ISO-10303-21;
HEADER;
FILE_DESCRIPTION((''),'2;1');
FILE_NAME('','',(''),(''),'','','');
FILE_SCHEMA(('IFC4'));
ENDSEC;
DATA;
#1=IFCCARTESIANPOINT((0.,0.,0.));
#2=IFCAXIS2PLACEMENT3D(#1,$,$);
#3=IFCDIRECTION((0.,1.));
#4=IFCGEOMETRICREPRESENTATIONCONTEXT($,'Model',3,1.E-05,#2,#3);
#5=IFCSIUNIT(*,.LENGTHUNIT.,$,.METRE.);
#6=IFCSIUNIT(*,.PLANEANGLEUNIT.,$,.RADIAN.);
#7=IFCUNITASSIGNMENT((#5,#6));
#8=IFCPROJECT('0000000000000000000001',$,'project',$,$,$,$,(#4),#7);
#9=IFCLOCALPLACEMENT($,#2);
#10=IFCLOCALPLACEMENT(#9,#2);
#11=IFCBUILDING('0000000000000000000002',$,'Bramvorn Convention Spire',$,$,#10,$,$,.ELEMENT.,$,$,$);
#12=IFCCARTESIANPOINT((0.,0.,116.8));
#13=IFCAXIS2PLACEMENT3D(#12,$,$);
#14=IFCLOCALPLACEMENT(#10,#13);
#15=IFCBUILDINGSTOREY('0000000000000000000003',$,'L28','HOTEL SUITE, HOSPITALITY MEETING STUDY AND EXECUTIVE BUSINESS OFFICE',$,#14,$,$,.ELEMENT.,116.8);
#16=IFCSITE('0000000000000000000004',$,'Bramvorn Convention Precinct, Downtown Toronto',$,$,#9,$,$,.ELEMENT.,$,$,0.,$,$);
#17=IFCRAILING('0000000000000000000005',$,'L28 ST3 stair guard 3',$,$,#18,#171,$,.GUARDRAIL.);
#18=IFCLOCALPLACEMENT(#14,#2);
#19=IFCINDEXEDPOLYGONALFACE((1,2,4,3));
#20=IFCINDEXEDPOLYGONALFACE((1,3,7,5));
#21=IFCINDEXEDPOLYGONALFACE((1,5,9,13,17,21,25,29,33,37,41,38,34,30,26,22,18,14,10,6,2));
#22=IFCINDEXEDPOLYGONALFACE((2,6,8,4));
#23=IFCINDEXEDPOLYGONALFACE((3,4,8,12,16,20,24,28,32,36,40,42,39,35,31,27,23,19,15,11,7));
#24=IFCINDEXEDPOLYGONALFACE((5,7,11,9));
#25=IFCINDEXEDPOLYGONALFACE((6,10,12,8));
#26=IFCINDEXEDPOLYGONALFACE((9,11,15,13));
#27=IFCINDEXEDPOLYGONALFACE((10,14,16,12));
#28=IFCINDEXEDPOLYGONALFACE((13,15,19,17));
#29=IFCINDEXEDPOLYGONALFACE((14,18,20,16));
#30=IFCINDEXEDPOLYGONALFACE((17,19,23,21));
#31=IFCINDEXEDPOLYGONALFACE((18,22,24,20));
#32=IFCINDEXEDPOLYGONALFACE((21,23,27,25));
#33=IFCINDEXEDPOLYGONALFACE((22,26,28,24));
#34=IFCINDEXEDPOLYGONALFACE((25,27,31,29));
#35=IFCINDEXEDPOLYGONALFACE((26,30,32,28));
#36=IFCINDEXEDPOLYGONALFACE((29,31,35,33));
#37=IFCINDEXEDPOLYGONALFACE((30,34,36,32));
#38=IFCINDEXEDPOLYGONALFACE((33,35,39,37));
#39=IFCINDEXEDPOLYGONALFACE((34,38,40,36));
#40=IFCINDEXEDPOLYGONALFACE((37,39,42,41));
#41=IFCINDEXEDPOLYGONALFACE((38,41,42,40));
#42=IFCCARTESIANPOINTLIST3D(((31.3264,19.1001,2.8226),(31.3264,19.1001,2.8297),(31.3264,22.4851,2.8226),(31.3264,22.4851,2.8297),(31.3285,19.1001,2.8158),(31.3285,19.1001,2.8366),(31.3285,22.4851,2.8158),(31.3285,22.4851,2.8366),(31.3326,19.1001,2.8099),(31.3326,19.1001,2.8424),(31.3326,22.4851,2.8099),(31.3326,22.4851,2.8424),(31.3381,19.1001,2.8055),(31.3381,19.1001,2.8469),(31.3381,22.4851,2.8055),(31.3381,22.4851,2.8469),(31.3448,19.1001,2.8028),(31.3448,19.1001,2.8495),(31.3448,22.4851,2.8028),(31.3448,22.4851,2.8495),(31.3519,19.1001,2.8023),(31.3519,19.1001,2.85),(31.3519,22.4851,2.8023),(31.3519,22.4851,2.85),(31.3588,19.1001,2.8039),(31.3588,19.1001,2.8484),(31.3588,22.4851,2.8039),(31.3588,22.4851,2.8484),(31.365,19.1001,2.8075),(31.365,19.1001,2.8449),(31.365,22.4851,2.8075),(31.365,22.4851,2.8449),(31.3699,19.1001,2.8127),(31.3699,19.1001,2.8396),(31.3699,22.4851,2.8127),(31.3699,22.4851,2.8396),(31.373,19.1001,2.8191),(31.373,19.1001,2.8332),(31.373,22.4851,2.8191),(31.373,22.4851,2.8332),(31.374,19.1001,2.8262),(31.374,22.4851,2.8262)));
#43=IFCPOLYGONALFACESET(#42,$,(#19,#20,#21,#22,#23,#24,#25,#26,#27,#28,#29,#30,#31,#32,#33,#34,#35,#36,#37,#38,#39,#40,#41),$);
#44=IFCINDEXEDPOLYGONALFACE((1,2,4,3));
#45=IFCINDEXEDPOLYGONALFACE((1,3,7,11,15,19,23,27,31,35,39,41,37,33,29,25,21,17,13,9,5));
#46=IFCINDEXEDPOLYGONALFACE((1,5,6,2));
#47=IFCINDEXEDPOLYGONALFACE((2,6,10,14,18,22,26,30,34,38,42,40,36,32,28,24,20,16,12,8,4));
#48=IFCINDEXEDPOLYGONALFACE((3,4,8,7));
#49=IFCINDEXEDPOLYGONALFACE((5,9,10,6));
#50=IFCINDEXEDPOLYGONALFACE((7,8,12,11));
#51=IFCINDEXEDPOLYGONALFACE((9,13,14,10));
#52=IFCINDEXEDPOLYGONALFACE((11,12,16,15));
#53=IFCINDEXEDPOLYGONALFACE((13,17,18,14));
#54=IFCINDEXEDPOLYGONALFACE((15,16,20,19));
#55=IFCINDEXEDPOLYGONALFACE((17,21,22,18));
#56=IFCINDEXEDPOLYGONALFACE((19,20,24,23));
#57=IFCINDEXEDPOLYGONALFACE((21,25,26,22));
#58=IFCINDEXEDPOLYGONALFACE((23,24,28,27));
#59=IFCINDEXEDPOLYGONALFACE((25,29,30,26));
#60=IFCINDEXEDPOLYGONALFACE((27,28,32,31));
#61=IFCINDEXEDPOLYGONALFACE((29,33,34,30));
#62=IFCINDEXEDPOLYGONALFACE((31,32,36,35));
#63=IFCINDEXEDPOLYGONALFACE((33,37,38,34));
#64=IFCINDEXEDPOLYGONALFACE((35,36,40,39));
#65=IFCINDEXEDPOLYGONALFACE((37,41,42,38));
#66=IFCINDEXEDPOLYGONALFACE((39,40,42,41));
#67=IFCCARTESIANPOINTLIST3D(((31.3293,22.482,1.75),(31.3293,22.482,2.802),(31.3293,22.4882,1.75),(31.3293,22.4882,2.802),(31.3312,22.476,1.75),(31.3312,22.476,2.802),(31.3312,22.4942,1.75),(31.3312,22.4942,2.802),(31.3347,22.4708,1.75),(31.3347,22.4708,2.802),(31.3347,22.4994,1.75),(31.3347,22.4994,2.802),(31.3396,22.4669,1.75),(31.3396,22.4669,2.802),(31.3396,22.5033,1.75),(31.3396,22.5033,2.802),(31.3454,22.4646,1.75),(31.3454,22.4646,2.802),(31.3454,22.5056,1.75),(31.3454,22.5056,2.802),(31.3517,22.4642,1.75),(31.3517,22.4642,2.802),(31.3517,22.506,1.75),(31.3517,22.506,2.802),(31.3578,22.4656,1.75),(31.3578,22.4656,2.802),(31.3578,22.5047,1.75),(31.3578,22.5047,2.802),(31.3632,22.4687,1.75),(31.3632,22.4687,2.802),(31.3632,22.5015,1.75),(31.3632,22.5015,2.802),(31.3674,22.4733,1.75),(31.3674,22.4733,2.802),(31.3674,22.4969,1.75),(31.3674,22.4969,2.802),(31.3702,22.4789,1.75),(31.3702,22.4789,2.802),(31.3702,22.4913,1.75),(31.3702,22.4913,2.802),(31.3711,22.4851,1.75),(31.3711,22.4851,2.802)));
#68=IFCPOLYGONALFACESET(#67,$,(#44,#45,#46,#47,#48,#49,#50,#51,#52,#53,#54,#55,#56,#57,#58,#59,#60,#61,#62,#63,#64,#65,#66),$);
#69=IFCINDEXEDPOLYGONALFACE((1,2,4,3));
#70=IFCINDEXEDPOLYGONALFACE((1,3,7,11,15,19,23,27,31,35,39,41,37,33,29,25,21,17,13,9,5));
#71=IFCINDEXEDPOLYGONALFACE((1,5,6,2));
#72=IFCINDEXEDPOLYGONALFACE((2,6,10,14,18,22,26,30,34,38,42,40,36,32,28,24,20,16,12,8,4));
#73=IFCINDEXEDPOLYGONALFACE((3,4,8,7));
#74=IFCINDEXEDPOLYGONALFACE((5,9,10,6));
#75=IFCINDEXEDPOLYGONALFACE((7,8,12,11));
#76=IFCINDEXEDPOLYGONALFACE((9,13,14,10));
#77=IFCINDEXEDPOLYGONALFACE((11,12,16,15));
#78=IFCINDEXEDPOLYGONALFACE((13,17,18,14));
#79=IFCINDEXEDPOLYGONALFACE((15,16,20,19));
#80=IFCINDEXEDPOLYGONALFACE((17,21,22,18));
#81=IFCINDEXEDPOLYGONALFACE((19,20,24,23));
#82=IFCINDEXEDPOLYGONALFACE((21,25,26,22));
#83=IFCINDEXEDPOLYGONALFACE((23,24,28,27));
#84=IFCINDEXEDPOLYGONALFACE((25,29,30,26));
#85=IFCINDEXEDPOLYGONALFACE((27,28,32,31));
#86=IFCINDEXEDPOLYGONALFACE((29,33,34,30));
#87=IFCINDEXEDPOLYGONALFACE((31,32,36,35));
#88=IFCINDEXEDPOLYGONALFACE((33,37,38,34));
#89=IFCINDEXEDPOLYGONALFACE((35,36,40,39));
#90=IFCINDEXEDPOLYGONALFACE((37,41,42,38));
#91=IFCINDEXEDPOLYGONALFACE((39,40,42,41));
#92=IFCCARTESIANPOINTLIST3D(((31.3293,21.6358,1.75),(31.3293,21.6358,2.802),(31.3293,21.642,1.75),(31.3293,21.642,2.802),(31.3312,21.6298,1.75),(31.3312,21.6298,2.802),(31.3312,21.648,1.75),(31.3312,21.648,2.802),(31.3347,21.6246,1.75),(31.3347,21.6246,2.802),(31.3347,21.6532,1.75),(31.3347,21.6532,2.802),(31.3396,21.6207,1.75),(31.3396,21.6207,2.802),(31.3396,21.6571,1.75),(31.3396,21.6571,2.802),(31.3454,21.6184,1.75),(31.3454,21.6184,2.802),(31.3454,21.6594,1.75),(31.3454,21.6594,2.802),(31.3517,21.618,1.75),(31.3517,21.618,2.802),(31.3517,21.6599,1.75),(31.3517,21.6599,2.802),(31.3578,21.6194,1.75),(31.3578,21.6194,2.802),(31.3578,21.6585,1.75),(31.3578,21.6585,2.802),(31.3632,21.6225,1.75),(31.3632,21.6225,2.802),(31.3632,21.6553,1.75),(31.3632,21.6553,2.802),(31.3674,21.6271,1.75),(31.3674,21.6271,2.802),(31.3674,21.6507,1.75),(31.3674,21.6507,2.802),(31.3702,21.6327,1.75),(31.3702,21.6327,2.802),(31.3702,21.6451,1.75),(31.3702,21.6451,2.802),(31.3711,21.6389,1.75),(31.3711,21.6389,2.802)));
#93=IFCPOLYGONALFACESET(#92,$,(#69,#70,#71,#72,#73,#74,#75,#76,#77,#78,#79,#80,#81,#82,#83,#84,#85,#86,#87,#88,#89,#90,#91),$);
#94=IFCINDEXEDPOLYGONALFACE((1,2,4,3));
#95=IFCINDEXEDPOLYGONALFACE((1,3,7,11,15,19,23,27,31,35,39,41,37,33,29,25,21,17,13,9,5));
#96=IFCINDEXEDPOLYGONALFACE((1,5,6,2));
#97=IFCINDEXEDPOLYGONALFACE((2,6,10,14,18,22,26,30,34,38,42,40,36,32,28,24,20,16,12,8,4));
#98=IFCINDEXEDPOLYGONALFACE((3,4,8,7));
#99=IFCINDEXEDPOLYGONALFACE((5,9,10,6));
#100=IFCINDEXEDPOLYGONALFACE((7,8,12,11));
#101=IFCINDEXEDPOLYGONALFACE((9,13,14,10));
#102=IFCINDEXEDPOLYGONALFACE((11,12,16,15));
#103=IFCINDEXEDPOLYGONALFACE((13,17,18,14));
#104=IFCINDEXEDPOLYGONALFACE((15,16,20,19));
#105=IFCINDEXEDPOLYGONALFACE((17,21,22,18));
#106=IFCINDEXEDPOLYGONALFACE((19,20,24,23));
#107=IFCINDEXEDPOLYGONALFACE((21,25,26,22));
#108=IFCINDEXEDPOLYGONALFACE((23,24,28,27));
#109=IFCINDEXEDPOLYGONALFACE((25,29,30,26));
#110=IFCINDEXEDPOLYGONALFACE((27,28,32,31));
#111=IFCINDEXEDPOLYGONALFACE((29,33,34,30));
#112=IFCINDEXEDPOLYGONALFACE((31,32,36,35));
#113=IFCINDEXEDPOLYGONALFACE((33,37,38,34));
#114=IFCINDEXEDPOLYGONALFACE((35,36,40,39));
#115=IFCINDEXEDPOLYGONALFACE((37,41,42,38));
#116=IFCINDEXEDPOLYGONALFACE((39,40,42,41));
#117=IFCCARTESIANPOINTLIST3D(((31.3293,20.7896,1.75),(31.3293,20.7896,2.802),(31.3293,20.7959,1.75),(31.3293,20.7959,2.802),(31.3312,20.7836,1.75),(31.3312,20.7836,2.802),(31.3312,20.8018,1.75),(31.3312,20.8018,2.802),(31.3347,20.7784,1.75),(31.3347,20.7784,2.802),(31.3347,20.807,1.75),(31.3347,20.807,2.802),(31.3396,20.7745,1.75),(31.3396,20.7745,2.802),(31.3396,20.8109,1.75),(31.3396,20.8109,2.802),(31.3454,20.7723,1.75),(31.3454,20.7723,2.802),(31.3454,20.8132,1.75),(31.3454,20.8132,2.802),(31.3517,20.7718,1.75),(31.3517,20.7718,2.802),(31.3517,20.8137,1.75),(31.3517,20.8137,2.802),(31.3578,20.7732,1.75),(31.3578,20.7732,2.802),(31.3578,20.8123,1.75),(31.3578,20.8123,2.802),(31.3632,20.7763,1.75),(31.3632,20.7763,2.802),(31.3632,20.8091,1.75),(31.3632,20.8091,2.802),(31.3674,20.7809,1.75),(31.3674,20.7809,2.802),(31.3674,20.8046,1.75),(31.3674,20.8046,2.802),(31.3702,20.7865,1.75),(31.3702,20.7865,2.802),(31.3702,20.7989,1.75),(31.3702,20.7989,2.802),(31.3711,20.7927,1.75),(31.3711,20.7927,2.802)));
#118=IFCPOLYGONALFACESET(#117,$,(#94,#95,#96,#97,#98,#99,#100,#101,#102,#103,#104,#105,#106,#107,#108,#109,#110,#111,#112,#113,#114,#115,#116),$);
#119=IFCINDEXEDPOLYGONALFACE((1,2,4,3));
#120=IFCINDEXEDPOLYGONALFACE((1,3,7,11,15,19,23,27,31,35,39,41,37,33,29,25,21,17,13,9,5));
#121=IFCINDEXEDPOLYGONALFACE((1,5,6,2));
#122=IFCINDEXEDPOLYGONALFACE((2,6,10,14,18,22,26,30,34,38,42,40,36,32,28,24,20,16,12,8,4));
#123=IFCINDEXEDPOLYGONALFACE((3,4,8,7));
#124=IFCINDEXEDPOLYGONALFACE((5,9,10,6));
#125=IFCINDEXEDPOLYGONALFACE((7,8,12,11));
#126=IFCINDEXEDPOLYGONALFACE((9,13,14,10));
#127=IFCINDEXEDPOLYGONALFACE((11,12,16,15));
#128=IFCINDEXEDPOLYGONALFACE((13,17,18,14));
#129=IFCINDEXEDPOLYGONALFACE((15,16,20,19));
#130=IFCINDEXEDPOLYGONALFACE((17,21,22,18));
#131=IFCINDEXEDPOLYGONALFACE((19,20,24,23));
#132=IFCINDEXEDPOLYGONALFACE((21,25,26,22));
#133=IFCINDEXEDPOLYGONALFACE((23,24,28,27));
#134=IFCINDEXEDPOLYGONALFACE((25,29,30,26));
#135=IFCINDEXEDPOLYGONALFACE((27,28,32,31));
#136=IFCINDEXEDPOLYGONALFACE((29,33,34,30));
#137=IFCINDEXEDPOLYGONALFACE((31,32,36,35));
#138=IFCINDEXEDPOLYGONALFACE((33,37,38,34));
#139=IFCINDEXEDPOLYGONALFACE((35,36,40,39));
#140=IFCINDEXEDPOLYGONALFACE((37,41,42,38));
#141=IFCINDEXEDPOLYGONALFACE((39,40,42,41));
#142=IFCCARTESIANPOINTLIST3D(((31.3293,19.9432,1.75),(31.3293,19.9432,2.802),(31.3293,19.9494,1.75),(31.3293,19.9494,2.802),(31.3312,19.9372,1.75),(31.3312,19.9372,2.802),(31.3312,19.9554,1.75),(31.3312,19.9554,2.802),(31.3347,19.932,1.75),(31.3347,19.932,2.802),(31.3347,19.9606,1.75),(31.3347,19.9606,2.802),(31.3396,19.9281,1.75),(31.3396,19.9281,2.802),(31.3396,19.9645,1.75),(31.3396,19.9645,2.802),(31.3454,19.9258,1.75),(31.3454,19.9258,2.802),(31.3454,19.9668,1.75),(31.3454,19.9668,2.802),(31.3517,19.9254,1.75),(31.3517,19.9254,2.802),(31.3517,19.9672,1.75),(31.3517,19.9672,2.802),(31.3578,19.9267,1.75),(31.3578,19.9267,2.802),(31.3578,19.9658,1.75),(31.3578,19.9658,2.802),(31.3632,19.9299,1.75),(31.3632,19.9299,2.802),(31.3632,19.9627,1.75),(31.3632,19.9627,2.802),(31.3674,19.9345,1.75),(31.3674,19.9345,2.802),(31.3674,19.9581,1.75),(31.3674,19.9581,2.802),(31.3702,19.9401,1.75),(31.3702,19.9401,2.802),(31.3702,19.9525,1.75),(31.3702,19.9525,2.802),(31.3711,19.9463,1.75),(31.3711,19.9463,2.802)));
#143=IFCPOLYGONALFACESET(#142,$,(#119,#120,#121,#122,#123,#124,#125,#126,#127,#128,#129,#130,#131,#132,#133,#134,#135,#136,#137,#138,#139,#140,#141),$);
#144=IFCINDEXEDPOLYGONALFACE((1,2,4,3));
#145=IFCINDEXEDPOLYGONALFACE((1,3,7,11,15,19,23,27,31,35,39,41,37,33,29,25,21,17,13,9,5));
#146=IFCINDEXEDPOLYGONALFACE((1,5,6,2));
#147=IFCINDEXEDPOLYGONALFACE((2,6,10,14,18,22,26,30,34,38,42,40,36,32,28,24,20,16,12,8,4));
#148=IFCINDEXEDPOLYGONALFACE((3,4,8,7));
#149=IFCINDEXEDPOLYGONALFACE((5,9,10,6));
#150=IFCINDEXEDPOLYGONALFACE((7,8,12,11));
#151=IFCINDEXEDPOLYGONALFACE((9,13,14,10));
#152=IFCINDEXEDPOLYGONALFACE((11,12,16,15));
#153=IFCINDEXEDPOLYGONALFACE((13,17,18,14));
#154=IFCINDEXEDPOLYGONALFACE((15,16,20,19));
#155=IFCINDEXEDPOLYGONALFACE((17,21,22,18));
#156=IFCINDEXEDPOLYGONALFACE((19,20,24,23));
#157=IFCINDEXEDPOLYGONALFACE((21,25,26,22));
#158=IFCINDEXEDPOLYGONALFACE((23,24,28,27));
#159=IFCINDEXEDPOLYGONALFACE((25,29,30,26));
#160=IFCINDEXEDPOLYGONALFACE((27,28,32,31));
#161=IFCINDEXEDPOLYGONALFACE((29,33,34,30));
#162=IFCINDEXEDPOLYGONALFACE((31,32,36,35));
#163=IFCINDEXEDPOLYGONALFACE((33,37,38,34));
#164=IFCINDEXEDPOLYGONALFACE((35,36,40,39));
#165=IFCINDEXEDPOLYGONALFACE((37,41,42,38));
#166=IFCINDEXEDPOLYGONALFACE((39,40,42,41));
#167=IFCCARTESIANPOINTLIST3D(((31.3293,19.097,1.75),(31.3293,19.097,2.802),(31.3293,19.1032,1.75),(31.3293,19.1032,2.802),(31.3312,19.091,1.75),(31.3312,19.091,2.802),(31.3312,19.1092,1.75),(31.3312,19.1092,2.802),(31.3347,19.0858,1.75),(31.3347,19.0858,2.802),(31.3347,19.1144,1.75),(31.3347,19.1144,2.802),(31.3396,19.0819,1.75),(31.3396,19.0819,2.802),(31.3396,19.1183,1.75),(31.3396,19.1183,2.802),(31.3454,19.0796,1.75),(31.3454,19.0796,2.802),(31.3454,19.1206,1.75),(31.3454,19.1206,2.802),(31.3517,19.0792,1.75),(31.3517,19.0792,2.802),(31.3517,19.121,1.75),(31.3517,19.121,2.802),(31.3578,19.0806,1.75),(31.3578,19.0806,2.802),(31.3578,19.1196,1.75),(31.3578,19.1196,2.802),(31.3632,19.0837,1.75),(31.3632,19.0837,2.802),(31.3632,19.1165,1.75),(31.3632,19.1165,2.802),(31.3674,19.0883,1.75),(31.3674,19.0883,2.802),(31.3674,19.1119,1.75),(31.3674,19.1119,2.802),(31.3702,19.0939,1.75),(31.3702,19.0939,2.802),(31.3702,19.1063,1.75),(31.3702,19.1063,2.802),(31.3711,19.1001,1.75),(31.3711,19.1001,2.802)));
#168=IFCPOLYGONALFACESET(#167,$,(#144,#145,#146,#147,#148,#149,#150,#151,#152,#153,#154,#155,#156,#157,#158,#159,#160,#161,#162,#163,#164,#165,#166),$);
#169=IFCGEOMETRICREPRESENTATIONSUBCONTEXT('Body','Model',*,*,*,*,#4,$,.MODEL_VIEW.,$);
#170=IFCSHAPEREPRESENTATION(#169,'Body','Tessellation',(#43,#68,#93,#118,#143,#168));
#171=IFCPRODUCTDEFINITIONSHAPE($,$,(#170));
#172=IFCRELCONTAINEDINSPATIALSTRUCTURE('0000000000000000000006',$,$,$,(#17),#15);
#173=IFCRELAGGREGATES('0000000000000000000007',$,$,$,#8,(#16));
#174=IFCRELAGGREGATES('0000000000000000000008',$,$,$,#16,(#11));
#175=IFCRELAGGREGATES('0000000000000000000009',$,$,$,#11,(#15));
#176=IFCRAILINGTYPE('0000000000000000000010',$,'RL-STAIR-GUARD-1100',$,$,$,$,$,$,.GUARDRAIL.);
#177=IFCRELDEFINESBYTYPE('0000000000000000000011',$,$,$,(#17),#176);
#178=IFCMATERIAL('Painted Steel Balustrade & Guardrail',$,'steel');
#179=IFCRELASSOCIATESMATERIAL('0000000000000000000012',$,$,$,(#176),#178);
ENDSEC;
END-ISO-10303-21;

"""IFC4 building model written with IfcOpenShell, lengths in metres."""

from ifc_helpers import new_model, si_unit, direction, frame, origin, origin_2d, place, context, subcontext, project, spatial, circle, extrude, material, type_object, element, save


model = new_model("IFC4")

# Units and contexts
model_context = context("Model", 3, precision=1e-05, world=origin(), true_north=direction((0.0, 1.0)))
body_context = subcontext(model_context, "Body", "Model", "MODEL_VIEW")
ifc_project = project(units=[si_unit("LENGTHUNIT", "METRE"), si_unit("PLANEANGLEUNIT", "RADIAN")], contexts=[model_context])

# Site, building, storey
site_placement = place(None, origin())
site = spatial("IfcSite", under=ifc_project, at=site_placement, Name="Bramvorn Convention Precinct, Downtown Toronto", CompositionType="ELEMENT", RefElevation=0.0)
building_placement = place(site_placement, origin())
building = spatial("IfcBuilding", under=site, at=building_placement, Name="Bramvorn Convention Spire", CompositionType="ELEMENT")
storey_placement = place(building_placement, frame((0.0, 0.0, 116.8)))
storey = spatial("IfcBuildingStorey", under=building, at=storey_placement, Name="L28", Description="HOTEL SUITE, HOSPITALITY MEETING STUDY AND EXECUTIVE BUSINESS OFFICE", CompositionType="ELEMENT", Elevation=116.8)

# Railing
ifc_material_1 = material(Name="Painted Steel Balustrade & Guardrail", Category="steel")
railing_type_1 = type_object("IfcRailingType", Name="RL-STAIR-GUARD-1100", PredefinedType="GUARDRAIL", material=ifc_material_1)
for number, where, name in (
    (1, (31.3501, 22.4851, 1.75), "L28 ST3 stair guard 3"),
):
    element("IfcRailing", number, at=place(storey_placement, frame(where)), inside=storey, type_object=railing_type_1, Name=name, PredefinedType="GUARDRAIL", context=body_context, shape_type="SweptSolid", body=[
        extrude(circle(Radius=0.0239, at=origin_2d()), frame((0.0, 0.0, 1.0762), z_axis=(0.0, -1.0, 0.0), x_axis=(1.0, 0.0, 0.0)), (0.0, 0.0, 1.0), 3.385),
        extrude(circle(Radius=0.021, at=origin_2d()), origin(), (0.0, 0.0, 1.0), 1.052),
        extrude(circle(Radius=0.021, at=origin_2d()), frame((0.0, -0.8462, 0.0)), (0.0, 0.0, 1.0), 1.052),
        extrude(circle(Radius=0.021, at=origin_2d()), frame((0.0, -1.6924, 0.0)), (0.0, 0.0, 1.0), 1.052),
        extrude(circle(Radius=0.021, at=origin_2d()), frame((0.0, -2.5388, 0.0)), (0.0, 0.0, 1.0), 1.052),
        extrude(circle(Radius=0.021, at=origin_2d()), frame((0.0, -3.385, 0.0)), (0.0, 0.0, 1.0), 1.052),
    ])

save(model, "model.ifc")
